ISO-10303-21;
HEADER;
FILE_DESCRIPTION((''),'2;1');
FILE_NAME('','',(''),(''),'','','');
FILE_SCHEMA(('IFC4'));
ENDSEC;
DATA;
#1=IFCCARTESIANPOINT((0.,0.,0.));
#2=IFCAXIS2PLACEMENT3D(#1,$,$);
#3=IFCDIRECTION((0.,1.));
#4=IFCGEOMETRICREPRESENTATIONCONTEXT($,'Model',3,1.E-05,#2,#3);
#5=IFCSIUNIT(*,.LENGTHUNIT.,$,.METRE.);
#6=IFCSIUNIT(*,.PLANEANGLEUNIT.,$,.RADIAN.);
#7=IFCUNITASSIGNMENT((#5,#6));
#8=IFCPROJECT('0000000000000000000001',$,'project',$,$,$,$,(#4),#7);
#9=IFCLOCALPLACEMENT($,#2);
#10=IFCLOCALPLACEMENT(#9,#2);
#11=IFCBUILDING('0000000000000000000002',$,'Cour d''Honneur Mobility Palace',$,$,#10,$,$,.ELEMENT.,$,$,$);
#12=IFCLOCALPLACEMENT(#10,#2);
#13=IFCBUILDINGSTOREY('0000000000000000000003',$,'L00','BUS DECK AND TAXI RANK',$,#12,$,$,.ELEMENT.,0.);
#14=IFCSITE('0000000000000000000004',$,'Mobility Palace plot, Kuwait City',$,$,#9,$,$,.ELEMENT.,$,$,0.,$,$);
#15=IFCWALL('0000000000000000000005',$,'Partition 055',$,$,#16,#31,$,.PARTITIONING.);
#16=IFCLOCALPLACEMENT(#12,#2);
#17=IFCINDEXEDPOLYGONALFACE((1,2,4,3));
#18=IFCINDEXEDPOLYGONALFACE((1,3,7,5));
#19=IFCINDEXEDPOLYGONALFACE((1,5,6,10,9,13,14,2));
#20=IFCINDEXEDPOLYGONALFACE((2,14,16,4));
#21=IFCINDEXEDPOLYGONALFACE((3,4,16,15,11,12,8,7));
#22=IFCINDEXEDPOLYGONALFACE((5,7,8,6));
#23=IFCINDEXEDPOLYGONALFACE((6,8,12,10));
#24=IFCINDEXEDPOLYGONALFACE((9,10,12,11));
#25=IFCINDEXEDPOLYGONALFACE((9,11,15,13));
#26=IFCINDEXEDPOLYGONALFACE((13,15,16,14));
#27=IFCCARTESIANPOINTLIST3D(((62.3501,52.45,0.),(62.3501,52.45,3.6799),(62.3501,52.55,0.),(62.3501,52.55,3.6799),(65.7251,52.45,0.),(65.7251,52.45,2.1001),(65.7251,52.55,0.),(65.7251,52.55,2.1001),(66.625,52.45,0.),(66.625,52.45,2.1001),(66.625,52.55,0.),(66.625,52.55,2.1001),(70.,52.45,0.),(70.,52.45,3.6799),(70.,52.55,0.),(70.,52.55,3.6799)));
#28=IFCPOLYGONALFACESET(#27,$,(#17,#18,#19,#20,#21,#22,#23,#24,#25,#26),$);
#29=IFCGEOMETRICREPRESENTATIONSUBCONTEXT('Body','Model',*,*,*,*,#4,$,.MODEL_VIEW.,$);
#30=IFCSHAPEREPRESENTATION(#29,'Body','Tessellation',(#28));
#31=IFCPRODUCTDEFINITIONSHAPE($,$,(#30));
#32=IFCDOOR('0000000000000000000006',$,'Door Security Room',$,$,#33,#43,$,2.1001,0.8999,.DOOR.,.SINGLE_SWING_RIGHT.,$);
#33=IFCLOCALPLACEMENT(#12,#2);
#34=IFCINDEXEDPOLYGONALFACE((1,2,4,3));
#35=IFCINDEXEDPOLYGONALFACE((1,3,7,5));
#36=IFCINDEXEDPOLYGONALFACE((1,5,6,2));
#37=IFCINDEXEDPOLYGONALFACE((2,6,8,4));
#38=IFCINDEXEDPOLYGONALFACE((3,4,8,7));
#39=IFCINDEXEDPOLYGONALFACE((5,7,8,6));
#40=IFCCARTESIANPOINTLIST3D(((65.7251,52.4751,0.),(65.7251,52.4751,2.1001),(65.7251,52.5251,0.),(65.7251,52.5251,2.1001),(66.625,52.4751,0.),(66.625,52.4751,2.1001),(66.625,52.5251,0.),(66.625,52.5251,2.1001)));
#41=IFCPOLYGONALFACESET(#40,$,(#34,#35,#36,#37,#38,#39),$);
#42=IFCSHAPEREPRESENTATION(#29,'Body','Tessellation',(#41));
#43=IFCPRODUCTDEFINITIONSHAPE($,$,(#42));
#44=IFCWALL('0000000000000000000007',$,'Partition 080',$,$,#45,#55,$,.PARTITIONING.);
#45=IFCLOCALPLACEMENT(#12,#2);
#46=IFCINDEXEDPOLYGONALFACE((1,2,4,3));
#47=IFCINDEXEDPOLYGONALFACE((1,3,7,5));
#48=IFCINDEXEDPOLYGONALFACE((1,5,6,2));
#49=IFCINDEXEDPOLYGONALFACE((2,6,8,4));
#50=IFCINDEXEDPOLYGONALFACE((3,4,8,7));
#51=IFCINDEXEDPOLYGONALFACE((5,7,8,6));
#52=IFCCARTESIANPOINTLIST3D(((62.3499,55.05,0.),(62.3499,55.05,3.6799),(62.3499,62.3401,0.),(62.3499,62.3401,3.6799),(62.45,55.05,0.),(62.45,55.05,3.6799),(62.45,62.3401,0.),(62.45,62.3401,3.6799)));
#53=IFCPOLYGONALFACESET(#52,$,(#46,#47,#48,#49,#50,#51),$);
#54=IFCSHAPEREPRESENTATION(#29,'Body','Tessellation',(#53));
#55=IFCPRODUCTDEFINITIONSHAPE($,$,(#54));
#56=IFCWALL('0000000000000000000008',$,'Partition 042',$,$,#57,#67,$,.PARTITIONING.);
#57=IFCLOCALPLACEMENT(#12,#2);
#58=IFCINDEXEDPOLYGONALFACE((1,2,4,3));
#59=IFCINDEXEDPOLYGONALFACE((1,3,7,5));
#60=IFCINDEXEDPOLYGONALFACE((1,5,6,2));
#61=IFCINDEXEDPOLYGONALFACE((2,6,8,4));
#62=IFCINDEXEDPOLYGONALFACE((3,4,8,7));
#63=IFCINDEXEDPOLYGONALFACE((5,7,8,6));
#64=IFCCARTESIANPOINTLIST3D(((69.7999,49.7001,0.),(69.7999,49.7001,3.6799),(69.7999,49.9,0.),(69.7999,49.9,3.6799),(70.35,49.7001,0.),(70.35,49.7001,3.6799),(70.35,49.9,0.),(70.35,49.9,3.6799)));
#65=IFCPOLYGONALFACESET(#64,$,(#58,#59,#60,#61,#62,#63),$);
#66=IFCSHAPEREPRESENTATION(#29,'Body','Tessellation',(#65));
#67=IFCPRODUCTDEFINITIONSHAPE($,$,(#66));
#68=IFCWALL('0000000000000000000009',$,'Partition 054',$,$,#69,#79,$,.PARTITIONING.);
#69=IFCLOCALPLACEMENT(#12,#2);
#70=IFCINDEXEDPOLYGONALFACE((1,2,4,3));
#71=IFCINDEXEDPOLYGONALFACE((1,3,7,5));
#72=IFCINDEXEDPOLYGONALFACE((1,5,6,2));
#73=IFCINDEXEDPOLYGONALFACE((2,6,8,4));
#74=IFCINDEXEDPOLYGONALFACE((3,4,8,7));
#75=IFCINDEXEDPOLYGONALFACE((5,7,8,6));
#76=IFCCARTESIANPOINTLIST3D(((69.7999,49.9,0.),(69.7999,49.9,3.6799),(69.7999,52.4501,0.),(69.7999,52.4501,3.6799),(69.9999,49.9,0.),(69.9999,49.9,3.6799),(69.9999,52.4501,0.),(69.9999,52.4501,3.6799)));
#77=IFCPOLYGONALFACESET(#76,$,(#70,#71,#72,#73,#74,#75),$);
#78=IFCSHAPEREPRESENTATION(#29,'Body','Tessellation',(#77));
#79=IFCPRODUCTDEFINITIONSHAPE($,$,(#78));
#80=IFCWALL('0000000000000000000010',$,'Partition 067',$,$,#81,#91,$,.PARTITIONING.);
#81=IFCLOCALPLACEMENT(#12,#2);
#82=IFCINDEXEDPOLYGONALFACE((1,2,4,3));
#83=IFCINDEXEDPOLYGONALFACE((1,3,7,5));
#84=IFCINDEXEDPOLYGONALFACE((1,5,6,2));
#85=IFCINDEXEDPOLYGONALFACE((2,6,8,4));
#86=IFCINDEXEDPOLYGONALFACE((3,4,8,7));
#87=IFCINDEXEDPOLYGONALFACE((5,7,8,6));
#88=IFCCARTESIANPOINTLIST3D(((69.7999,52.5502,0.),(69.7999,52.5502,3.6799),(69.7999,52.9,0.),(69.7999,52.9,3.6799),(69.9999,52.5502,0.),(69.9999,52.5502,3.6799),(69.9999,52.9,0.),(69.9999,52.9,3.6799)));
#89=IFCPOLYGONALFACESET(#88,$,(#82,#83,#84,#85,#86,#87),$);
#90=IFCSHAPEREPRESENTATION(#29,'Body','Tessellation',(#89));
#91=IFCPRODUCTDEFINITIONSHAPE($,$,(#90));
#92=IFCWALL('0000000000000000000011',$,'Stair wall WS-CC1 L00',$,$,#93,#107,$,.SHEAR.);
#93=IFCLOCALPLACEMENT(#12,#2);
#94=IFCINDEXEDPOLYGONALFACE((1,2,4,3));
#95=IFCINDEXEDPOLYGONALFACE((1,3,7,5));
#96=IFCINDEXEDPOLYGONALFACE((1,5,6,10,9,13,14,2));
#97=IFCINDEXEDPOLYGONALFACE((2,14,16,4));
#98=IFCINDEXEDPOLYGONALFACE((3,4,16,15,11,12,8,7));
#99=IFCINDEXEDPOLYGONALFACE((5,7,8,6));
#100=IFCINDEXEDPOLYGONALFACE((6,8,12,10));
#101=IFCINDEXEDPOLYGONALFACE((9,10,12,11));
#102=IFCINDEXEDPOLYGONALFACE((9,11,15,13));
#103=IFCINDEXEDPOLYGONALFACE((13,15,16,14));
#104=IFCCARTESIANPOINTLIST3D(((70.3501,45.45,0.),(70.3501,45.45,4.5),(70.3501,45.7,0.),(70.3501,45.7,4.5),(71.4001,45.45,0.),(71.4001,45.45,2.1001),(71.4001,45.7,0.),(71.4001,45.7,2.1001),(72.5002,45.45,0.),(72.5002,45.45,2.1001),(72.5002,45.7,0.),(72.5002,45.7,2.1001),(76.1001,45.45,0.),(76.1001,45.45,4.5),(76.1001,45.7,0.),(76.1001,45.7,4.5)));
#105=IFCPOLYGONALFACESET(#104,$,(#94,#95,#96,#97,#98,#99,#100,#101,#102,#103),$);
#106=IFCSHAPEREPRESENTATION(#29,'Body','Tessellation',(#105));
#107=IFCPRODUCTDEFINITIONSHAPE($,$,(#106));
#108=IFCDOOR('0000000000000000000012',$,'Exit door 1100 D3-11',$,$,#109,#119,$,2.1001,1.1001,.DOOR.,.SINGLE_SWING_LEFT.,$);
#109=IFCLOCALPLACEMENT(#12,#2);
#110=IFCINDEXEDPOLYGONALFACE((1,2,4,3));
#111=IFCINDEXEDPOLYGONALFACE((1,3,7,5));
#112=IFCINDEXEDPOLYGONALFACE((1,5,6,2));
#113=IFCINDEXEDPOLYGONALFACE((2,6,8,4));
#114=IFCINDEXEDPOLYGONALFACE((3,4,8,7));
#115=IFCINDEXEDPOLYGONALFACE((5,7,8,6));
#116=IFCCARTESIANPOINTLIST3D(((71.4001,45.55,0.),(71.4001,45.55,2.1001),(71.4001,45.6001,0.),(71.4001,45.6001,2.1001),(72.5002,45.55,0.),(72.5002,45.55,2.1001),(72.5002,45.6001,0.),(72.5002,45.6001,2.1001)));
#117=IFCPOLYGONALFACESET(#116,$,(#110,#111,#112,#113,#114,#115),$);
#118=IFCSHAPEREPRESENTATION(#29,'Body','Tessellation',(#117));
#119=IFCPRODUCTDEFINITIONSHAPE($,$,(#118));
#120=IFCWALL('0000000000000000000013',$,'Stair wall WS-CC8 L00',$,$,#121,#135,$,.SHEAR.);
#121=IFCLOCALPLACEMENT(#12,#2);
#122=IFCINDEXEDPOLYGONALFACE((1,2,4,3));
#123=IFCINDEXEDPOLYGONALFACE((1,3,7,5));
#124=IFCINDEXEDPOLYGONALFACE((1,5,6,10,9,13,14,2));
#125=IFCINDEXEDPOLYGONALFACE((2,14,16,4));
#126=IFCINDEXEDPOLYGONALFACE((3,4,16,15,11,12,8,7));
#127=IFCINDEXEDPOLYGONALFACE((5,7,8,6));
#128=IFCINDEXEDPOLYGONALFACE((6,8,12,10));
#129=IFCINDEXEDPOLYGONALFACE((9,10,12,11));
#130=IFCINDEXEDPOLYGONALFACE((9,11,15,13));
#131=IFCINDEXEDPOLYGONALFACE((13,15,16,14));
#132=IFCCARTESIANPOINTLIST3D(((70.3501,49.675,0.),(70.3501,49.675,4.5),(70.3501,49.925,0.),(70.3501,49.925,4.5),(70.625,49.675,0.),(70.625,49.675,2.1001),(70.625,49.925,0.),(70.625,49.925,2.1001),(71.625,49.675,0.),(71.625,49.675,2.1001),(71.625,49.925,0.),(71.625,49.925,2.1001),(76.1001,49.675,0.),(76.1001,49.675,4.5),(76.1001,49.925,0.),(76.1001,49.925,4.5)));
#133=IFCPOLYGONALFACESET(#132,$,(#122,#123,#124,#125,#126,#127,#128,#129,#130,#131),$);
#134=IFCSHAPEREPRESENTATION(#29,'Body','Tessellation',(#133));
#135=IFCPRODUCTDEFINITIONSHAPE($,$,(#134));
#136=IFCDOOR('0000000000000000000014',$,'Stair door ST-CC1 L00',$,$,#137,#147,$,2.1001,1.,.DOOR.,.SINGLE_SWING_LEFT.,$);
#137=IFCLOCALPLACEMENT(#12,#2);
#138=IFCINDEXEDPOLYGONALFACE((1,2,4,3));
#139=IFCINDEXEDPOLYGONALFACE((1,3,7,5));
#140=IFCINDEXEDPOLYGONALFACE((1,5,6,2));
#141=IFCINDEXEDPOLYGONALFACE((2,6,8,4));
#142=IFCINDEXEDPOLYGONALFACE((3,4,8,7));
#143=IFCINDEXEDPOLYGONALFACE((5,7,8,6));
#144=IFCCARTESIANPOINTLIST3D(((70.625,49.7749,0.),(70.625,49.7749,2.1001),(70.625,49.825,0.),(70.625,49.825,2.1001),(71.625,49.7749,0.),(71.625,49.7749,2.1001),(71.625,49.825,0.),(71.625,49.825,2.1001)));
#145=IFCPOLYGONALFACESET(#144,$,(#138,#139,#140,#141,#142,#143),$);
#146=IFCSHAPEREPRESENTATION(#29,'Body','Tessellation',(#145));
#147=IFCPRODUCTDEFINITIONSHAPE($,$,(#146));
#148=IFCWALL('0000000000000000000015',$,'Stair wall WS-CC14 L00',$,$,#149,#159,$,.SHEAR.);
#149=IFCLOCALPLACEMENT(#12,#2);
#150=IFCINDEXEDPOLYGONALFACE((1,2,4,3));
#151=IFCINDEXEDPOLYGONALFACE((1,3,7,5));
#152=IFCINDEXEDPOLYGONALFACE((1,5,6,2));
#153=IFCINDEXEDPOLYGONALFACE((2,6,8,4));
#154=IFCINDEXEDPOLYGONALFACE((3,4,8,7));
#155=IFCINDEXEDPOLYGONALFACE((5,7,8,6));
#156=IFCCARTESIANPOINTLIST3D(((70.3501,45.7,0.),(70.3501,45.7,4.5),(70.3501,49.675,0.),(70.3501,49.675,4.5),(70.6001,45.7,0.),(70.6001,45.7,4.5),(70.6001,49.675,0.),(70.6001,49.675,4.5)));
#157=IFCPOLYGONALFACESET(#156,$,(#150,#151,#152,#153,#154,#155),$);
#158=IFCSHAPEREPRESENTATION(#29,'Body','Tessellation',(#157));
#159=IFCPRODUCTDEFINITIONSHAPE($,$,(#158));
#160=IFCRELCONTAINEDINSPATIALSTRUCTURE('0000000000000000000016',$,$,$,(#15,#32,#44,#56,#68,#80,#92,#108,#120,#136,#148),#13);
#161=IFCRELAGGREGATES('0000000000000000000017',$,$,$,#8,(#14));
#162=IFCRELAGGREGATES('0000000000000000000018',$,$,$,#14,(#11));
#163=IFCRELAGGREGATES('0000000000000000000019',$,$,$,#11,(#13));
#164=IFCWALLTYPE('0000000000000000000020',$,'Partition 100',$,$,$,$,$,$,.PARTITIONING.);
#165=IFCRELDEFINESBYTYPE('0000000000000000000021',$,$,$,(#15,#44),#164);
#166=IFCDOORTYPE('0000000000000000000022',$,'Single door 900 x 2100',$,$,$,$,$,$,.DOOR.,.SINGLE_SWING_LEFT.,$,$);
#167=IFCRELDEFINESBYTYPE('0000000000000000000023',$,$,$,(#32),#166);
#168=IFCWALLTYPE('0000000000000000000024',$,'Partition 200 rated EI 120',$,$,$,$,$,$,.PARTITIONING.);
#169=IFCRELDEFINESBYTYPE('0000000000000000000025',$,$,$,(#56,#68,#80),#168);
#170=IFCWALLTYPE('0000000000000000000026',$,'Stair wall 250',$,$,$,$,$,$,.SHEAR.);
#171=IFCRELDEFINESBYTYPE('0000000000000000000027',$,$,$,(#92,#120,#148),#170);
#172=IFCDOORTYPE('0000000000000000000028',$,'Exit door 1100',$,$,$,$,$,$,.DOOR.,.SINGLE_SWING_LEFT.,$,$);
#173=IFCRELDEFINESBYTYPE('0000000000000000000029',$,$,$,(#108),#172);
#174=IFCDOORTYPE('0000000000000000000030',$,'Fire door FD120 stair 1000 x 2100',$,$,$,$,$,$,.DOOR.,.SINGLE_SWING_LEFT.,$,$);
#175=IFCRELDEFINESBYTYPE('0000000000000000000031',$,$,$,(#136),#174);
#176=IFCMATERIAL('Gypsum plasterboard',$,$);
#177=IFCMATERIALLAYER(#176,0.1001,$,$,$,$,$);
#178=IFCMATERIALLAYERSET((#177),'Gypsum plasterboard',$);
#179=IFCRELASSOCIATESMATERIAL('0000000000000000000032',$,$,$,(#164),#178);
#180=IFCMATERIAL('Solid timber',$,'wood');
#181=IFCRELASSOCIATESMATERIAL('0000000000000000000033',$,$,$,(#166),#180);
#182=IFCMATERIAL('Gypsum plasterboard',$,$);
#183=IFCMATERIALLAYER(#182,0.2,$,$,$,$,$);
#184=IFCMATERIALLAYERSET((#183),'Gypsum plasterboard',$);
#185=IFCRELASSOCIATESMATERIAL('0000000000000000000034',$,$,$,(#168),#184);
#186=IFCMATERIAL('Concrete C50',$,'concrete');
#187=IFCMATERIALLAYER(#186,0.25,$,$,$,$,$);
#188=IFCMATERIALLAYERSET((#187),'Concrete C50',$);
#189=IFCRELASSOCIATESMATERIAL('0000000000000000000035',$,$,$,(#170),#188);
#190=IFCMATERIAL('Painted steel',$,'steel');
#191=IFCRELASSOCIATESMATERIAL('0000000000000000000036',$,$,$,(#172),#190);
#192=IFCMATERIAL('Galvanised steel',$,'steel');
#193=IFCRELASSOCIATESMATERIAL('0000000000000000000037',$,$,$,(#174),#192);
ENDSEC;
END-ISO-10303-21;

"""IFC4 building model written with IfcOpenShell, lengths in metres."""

from ifc_helpers import new_model, si_unit, direction, frame, frame_2d, origin, place, context, subcontext, project, spatial, rectangle, extrude, material, layer, layer_set, type_object, element, fill, save


model = new_model("IFC4")

# Units and contexts
model_context = context("Model", 3, precision=1e-05, world=origin(), true_north=direction((0.0, 1.0)))
body_context = subcontext(model_context, "Body", "Model", "MODEL_VIEW")
ifc_project = project(units=[si_unit("LENGTHUNIT", "METRE"), si_unit("PLANEANGLEUNIT", "RADIAN")], contexts=[model_context])

# Site, building, storey
site_placement = place(None, origin())
site = spatial("IfcSite", under=ifc_project, at=site_placement, Name="Mobility Palace plot, Kuwait City", CompositionType="ELEMENT", RefElevation=0.0)
building_placement = place(site_placement, origin())
building = spatial("IfcBuilding", under=site, at=building_placement, Name="Cour d'Honneur Mobility Palace", CompositionType="ELEMENT")
storey_placement = place(building_placement, origin())
storey = spatial("IfcBuildingStorey", under=building, at=storey_placement, Name="L00", Description="BUS DECK AND TAXI RANK", CompositionType="ELEMENT", Elevation=0.0)

# Shared definitions
ifc_material_1 = material(Name="Gypsum plasterboard")
ifc_layer_1 = layer(ifc_material_1, 0.1001)
ifc_layer_set_1 = layer_set([ifc_layer_1], Name="Gypsum plasterboard")
wall_type_1 = type_object("IfcWallType", Name="Partition 100", PredefinedType="PARTITIONING", material=ifc_layer_set_1)

# Wall, opening, door
wall_1_placement = place(storey_placement, frame((70.0, 52.5, 0.0), z_axis=(0.0, 0.0, 1.0), x_axis=(-1.0, 0.0, 0.0)))
wall_1 = element("IfcWall", 1, at=wall_1_placement, inside=storey, type_object=wall_type_1, Name="Partition 055", PredefinedType="PARTITIONING", context=body_context, shape_type="SweptSolid", body=[
    extrude(rectangle(XDim=7.6499, YDim=0.1001, at=frame_2d((3.825, 0.0))), origin(), (0.0, 0.0, 1.0), 3.6799),
])
opening_1_placement = place(wall_1_placement, frame((3.375, 0.0, 0.0)))
opening_1 = element("IfcOpeningElement", 2, at=opening_1_placement, cuts=wall_1, PredefinedType="OPENING", context=body_context, shape_type="SweptSolid", body=[
    extrude(rectangle(XDim=0.8999, YDim=2.1001, at=frame_2d((0.45, 1.05))), frame((0.0, 0.0601, 0.0), z_axis=(0.0, -1.0, 0.0), x_axis=(1.0, 0.0, 0.0)), (0.0, 0.0, 1.0), 0.1201),
])
ifc_material_2 = material(Name="Solid timber", Category="wood")
door_type_1 = type_object("IfcDoorType", Name="Single door 900 x 2100", OperationType="SINGLE_SWING_LEFT", PredefinedType="DOOR", material=ifc_material_2)
door_1_placement = place(opening_1_placement, origin())
door_1 = element("IfcDoor", 3, at=door_1_placement, inside=storey, type_object=door_type_1, Name="Door Security Room", OperationType="SINGLE_SWING_RIGHT", OverallHeight=2.1001, OverallWidth=0.8999, PredefinedType="DOOR", context=body_context, shape_type="SweptSolid", body=[
    extrude(rectangle(XDim=0.8999, YDim=2.1001, at=frame_2d((0.45, 1.05))), frame((0.0, 0.0249, 0.0), z_axis=(0.0, -1.0, 0.0), x_axis=(1.0, 0.0, 0.0)), (0.0, 0.0, 1.0), 0.05),
])
fill(opening_1, door_1)

# Walls
wall_2_placement = place(storey_placement, frame((62.3999, 55.05, 0.0), z_axis=(0.0, 0.0, 1.0), x_axis=(0.0, 1.0, 0.0)))
element("IfcWall", 4, at=wall_2_placement, inside=storey, type_object=wall_type_1, Name="Partition 080", PredefinedType="PARTITIONING", context=body_context, shape_type="SweptSolid", body=[
    extrude(rectangle(XDim=7.29, YDim=0.1001, at=frame_2d((3.645, 0.0))), origin(), (0.0, 0.0, 1.0), 3.6799),
])
ifc_material_3 = material(Name="Gypsum plasterboard")
ifc_layer_2 = layer(ifc_material_3, 0.2)
ifc_layer_set_2 = layer_set([ifc_layer_2], Name="Gypsum plasterboard")
wall_type_2 = type_object("IfcWallType", Name="Partition 200 rated EI 120", PredefinedType="PARTITIONING", material=ifc_layer_set_2)
wall_3_placement = place(storey_placement, frame((69.8, 49.8, 0.0), z_axis=(0.0, 0.0, 1.0), x_axis=(1.0, 0.0, 0.0)))
element("IfcWall", 5, at=wall_3_placement, inside=storey, type_object=wall_type_2, Name="Partition 042", PredefinedType="PARTITIONING", context=body_context, shape_type="SweptSolid", body=[
    extrude(rectangle(XDim=0.55, YDim=0.2, at=frame_2d((0.2749, 0.0))), origin(), (0.0, 0.0, 1.0), 3.6799),
])
wall_4_placement = place(storey_placement, frame((69.8999, 52.45, 0.0), z_axis=(0.0, 0.0, 1.0), x_axis=(0.0, -1.0, 0.0)))
element("IfcWall", 6, at=wall_4_placement, inside=storey, type_object=wall_type_2, Name="Partition 054", PredefinedType="PARTITIONING", context=body_context, shape_type="SweptSolid", body=[
    extrude(rectangle(XDim=2.55, YDim=0.2, at=frame_2d((1.2749, 0.0))), origin(), (0.0, 0.0, 1.0), 3.6799),
])
wall_5_placement = place(storey_placement, frame((69.8999, 52.8999, 0.0), z_axis=(0.0, 0.0, 1.0), x_axis=(0.0, -1.0, 0.0)))
element("IfcWall", 7, at=wall_5_placement, inside=storey, type_object=wall_type_2, Name="Partition 067", PredefinedType="PARTITIONING", context=body_context, shape_type="SweptSolid", body=[
    extrude(rectangle(XDim=0.3499, YDim=0.2, at=frame_2d((0.1748, 0.0))), origin(), (0.0, 0.0, 1.0), 3.6799),
])

# Walls, openings, doors
ifc_material_4 = material(Name="Concrete C50", Category="concrete")
ifc_layer_3 = layer(ifc_material_4, 0.25)
ifc_layer_set_3 = layer_set([ifc_layer_3], Name="Concrete C50")
wall_type_3 = type_object("IfcWallType", Name="Stair wall 250", PredefinedType="SHEAR", material=ifc_layer_set_3)
wall_6_placement = place(storey_placement, frame((70.3501, 45.575, 0.0), z_axis=(0.0, 0.0, 1.0), x_axis=(1.0, 0.0, 0.0)))
wall_6 = element("IfcWall", 8, at=wall_6_placement, inside=storey, type_object=wall_type_3, Name="Stair wall WS-CC1 L00", PredefinedType="SHEAR", context=body_context, shape_type="SweptSolid", body=[
    extrude(rectangle(XDim=5.75, YDim=0.25, at=frame_2d((2.875, 0.0))), origin(), (0.0, 0.0, 1.0), 4.5),
])
opening_2_placement = place(wall_6_placement, frame((1.05, 0.0, 0.0)))
opening_2 = element("IfcOpeningElement", 9, at=opening_2_placement, cuts=wall_6, PredefinedType="OPENING", context=body_context, shape_type="SweptSolid", body=[
    extrude(rectangle(XDim=1.1001, YDim=2.1001, at=frame_2d((0.55, 1.05))), frame((0.0, 0.135, 0.0), z_axis=(0.0, -1.0, 0.0), x_axis=(1.0, 0.0, 0.0)), (0.0, 0.0, 1.0), 0.27),
])
ifc_material_5 = material(Name="Painted steel", Category="steel")
door_type_2 = type_object("IfcDoorType", Name="Exit door 1100", OperationType="SINGLE_SWING_LEFT", PredefinedType="DOOR", material=ifc_material_5)
door_2_placement = place(opening_2_placement, frame((1.1001, 0.0, 0.0), z_axis=(0.0, 0.0, 1.0), x_axis=(-1.0, 0.0, 0.0)))
door_2 = element("IfcDoor", 10, at=door_2_placement, inside=storey, type_object=door_type_2, Name="Exit door 1100 D3-11", OperationType="SINGLE_SWING_LEFT", OverallHeight=2.1001, OverallWidth=1.1001, PredefinedType="DOOR", context=body_context, shape_type="SweptSolid", body=[
    extrude(rectangle(XDim=1.1001, YDim=2.1001, at=frame_2d((0.55, 1.05))), frame((0.0, 0.0249, 0.0), z_axis=(0.0, -1.0, 0.0), x_axis=(1.0, 0.0, 0.0)), (0.0, 0.0, 1.0), 0.05),
])
fill(opening_2, door_2)
wall_7_placement = place(storey_placement, frame((70.3501, 49.8, 0.0), z_axis=(0.0, 0.0, 1.0), x_axis=(1.0, 0.0, 0.0)))
wall_7 = element("IfcWall", 11, at=wall_7_placement, inside=storey, type_object=wall_type_3, Name="Stair wall WS-CC8 L00", PredefinedType="SHEAR", context=body_context, shape_type="SweptSolid", body=[
    extrude(rectangle(XDim=5.75, YDim=0.25, at=frame_2d((2.875, 0.0))), origin(), (0.0, 0.0, 1.0), 4.5),
])
opening_3_placement = place(wall_7_placement, frame((0.2749, 0.0, 0.0)))
opening_3 = element("IfcOpeningElement", 12, at=opening_3_placement, cuts=wall_7, PredefinedType="OPENING", context=body_context, shape_type="SweptSolid", body=[
    extrude(rectangle(XDim=1.0, YDim=2.1001, at=frame_2d((0.5, 1.05))), frame((0.0, 0.135, 0.0), z_axis=(0.0, -1.0, 0.0), x_axis=(1.0, 0.0, 0.0)), (0.0, 0.0, 1.0), 0.27),
])
ifc_material_6 = material(Name="Galvanised steel", Category="steel")
door_type_3 = type_object("IfcDoorType", Name="Fire door FD120 stair 1000 x 2100", OperationType="SINGLE_SWING_LEFT", PredefinedType="DOOR", material=ifc_material_6)
door_3_placement = place(opening_3_placement, origin())
door_3 = element("IfcDoor", 13, at=door_3_placement, inside=storey, type_object=door_type_3, Name="Stair door ST-CC1 L00", OperationType="SINGLE_SWING_LEFT", OverallHeight=2.1001, OverallWidth=1.0, PredefinedType="DOOR", context=body_context, shape_type="SweptSolid", body=[
    extrude(rectangle(XDim=1.0, YDim=2.1001, at=frame_2d((0.5, 1.05))), frame((0.0, 0.0249, 0.0), z_axis=(0.0, -1.0, 0.0), x_axis=(1.0, 0.0, 0.0)), (0.0, 0.0, 1.0), 0.05),
])
fill(opening_3, door_3)

# Wall
wall_8_placement = place(storey_placement, frame((70.4751, 45.7, 0.0), z_axis=(0.0, 0.0, 1.0), x_axis=(0.0, 1.0, 0.0)))
element("IfcWall", 14, at=wall_8_placement, inside=storey, type_object=wall_type_3, Name="Stair wall WS-CC14 L00", PredefinedType="SHEAR", context=body_context, shape_type="SweptSolid", body=[
    extrude(rectangle(XDim=3.9751, YDim=0.25, at=frame_2d((1.9875, 0.0))), origin(), (0.0, 0.0, 1.0), 4.5),
])

save(model, "model.ifc")
